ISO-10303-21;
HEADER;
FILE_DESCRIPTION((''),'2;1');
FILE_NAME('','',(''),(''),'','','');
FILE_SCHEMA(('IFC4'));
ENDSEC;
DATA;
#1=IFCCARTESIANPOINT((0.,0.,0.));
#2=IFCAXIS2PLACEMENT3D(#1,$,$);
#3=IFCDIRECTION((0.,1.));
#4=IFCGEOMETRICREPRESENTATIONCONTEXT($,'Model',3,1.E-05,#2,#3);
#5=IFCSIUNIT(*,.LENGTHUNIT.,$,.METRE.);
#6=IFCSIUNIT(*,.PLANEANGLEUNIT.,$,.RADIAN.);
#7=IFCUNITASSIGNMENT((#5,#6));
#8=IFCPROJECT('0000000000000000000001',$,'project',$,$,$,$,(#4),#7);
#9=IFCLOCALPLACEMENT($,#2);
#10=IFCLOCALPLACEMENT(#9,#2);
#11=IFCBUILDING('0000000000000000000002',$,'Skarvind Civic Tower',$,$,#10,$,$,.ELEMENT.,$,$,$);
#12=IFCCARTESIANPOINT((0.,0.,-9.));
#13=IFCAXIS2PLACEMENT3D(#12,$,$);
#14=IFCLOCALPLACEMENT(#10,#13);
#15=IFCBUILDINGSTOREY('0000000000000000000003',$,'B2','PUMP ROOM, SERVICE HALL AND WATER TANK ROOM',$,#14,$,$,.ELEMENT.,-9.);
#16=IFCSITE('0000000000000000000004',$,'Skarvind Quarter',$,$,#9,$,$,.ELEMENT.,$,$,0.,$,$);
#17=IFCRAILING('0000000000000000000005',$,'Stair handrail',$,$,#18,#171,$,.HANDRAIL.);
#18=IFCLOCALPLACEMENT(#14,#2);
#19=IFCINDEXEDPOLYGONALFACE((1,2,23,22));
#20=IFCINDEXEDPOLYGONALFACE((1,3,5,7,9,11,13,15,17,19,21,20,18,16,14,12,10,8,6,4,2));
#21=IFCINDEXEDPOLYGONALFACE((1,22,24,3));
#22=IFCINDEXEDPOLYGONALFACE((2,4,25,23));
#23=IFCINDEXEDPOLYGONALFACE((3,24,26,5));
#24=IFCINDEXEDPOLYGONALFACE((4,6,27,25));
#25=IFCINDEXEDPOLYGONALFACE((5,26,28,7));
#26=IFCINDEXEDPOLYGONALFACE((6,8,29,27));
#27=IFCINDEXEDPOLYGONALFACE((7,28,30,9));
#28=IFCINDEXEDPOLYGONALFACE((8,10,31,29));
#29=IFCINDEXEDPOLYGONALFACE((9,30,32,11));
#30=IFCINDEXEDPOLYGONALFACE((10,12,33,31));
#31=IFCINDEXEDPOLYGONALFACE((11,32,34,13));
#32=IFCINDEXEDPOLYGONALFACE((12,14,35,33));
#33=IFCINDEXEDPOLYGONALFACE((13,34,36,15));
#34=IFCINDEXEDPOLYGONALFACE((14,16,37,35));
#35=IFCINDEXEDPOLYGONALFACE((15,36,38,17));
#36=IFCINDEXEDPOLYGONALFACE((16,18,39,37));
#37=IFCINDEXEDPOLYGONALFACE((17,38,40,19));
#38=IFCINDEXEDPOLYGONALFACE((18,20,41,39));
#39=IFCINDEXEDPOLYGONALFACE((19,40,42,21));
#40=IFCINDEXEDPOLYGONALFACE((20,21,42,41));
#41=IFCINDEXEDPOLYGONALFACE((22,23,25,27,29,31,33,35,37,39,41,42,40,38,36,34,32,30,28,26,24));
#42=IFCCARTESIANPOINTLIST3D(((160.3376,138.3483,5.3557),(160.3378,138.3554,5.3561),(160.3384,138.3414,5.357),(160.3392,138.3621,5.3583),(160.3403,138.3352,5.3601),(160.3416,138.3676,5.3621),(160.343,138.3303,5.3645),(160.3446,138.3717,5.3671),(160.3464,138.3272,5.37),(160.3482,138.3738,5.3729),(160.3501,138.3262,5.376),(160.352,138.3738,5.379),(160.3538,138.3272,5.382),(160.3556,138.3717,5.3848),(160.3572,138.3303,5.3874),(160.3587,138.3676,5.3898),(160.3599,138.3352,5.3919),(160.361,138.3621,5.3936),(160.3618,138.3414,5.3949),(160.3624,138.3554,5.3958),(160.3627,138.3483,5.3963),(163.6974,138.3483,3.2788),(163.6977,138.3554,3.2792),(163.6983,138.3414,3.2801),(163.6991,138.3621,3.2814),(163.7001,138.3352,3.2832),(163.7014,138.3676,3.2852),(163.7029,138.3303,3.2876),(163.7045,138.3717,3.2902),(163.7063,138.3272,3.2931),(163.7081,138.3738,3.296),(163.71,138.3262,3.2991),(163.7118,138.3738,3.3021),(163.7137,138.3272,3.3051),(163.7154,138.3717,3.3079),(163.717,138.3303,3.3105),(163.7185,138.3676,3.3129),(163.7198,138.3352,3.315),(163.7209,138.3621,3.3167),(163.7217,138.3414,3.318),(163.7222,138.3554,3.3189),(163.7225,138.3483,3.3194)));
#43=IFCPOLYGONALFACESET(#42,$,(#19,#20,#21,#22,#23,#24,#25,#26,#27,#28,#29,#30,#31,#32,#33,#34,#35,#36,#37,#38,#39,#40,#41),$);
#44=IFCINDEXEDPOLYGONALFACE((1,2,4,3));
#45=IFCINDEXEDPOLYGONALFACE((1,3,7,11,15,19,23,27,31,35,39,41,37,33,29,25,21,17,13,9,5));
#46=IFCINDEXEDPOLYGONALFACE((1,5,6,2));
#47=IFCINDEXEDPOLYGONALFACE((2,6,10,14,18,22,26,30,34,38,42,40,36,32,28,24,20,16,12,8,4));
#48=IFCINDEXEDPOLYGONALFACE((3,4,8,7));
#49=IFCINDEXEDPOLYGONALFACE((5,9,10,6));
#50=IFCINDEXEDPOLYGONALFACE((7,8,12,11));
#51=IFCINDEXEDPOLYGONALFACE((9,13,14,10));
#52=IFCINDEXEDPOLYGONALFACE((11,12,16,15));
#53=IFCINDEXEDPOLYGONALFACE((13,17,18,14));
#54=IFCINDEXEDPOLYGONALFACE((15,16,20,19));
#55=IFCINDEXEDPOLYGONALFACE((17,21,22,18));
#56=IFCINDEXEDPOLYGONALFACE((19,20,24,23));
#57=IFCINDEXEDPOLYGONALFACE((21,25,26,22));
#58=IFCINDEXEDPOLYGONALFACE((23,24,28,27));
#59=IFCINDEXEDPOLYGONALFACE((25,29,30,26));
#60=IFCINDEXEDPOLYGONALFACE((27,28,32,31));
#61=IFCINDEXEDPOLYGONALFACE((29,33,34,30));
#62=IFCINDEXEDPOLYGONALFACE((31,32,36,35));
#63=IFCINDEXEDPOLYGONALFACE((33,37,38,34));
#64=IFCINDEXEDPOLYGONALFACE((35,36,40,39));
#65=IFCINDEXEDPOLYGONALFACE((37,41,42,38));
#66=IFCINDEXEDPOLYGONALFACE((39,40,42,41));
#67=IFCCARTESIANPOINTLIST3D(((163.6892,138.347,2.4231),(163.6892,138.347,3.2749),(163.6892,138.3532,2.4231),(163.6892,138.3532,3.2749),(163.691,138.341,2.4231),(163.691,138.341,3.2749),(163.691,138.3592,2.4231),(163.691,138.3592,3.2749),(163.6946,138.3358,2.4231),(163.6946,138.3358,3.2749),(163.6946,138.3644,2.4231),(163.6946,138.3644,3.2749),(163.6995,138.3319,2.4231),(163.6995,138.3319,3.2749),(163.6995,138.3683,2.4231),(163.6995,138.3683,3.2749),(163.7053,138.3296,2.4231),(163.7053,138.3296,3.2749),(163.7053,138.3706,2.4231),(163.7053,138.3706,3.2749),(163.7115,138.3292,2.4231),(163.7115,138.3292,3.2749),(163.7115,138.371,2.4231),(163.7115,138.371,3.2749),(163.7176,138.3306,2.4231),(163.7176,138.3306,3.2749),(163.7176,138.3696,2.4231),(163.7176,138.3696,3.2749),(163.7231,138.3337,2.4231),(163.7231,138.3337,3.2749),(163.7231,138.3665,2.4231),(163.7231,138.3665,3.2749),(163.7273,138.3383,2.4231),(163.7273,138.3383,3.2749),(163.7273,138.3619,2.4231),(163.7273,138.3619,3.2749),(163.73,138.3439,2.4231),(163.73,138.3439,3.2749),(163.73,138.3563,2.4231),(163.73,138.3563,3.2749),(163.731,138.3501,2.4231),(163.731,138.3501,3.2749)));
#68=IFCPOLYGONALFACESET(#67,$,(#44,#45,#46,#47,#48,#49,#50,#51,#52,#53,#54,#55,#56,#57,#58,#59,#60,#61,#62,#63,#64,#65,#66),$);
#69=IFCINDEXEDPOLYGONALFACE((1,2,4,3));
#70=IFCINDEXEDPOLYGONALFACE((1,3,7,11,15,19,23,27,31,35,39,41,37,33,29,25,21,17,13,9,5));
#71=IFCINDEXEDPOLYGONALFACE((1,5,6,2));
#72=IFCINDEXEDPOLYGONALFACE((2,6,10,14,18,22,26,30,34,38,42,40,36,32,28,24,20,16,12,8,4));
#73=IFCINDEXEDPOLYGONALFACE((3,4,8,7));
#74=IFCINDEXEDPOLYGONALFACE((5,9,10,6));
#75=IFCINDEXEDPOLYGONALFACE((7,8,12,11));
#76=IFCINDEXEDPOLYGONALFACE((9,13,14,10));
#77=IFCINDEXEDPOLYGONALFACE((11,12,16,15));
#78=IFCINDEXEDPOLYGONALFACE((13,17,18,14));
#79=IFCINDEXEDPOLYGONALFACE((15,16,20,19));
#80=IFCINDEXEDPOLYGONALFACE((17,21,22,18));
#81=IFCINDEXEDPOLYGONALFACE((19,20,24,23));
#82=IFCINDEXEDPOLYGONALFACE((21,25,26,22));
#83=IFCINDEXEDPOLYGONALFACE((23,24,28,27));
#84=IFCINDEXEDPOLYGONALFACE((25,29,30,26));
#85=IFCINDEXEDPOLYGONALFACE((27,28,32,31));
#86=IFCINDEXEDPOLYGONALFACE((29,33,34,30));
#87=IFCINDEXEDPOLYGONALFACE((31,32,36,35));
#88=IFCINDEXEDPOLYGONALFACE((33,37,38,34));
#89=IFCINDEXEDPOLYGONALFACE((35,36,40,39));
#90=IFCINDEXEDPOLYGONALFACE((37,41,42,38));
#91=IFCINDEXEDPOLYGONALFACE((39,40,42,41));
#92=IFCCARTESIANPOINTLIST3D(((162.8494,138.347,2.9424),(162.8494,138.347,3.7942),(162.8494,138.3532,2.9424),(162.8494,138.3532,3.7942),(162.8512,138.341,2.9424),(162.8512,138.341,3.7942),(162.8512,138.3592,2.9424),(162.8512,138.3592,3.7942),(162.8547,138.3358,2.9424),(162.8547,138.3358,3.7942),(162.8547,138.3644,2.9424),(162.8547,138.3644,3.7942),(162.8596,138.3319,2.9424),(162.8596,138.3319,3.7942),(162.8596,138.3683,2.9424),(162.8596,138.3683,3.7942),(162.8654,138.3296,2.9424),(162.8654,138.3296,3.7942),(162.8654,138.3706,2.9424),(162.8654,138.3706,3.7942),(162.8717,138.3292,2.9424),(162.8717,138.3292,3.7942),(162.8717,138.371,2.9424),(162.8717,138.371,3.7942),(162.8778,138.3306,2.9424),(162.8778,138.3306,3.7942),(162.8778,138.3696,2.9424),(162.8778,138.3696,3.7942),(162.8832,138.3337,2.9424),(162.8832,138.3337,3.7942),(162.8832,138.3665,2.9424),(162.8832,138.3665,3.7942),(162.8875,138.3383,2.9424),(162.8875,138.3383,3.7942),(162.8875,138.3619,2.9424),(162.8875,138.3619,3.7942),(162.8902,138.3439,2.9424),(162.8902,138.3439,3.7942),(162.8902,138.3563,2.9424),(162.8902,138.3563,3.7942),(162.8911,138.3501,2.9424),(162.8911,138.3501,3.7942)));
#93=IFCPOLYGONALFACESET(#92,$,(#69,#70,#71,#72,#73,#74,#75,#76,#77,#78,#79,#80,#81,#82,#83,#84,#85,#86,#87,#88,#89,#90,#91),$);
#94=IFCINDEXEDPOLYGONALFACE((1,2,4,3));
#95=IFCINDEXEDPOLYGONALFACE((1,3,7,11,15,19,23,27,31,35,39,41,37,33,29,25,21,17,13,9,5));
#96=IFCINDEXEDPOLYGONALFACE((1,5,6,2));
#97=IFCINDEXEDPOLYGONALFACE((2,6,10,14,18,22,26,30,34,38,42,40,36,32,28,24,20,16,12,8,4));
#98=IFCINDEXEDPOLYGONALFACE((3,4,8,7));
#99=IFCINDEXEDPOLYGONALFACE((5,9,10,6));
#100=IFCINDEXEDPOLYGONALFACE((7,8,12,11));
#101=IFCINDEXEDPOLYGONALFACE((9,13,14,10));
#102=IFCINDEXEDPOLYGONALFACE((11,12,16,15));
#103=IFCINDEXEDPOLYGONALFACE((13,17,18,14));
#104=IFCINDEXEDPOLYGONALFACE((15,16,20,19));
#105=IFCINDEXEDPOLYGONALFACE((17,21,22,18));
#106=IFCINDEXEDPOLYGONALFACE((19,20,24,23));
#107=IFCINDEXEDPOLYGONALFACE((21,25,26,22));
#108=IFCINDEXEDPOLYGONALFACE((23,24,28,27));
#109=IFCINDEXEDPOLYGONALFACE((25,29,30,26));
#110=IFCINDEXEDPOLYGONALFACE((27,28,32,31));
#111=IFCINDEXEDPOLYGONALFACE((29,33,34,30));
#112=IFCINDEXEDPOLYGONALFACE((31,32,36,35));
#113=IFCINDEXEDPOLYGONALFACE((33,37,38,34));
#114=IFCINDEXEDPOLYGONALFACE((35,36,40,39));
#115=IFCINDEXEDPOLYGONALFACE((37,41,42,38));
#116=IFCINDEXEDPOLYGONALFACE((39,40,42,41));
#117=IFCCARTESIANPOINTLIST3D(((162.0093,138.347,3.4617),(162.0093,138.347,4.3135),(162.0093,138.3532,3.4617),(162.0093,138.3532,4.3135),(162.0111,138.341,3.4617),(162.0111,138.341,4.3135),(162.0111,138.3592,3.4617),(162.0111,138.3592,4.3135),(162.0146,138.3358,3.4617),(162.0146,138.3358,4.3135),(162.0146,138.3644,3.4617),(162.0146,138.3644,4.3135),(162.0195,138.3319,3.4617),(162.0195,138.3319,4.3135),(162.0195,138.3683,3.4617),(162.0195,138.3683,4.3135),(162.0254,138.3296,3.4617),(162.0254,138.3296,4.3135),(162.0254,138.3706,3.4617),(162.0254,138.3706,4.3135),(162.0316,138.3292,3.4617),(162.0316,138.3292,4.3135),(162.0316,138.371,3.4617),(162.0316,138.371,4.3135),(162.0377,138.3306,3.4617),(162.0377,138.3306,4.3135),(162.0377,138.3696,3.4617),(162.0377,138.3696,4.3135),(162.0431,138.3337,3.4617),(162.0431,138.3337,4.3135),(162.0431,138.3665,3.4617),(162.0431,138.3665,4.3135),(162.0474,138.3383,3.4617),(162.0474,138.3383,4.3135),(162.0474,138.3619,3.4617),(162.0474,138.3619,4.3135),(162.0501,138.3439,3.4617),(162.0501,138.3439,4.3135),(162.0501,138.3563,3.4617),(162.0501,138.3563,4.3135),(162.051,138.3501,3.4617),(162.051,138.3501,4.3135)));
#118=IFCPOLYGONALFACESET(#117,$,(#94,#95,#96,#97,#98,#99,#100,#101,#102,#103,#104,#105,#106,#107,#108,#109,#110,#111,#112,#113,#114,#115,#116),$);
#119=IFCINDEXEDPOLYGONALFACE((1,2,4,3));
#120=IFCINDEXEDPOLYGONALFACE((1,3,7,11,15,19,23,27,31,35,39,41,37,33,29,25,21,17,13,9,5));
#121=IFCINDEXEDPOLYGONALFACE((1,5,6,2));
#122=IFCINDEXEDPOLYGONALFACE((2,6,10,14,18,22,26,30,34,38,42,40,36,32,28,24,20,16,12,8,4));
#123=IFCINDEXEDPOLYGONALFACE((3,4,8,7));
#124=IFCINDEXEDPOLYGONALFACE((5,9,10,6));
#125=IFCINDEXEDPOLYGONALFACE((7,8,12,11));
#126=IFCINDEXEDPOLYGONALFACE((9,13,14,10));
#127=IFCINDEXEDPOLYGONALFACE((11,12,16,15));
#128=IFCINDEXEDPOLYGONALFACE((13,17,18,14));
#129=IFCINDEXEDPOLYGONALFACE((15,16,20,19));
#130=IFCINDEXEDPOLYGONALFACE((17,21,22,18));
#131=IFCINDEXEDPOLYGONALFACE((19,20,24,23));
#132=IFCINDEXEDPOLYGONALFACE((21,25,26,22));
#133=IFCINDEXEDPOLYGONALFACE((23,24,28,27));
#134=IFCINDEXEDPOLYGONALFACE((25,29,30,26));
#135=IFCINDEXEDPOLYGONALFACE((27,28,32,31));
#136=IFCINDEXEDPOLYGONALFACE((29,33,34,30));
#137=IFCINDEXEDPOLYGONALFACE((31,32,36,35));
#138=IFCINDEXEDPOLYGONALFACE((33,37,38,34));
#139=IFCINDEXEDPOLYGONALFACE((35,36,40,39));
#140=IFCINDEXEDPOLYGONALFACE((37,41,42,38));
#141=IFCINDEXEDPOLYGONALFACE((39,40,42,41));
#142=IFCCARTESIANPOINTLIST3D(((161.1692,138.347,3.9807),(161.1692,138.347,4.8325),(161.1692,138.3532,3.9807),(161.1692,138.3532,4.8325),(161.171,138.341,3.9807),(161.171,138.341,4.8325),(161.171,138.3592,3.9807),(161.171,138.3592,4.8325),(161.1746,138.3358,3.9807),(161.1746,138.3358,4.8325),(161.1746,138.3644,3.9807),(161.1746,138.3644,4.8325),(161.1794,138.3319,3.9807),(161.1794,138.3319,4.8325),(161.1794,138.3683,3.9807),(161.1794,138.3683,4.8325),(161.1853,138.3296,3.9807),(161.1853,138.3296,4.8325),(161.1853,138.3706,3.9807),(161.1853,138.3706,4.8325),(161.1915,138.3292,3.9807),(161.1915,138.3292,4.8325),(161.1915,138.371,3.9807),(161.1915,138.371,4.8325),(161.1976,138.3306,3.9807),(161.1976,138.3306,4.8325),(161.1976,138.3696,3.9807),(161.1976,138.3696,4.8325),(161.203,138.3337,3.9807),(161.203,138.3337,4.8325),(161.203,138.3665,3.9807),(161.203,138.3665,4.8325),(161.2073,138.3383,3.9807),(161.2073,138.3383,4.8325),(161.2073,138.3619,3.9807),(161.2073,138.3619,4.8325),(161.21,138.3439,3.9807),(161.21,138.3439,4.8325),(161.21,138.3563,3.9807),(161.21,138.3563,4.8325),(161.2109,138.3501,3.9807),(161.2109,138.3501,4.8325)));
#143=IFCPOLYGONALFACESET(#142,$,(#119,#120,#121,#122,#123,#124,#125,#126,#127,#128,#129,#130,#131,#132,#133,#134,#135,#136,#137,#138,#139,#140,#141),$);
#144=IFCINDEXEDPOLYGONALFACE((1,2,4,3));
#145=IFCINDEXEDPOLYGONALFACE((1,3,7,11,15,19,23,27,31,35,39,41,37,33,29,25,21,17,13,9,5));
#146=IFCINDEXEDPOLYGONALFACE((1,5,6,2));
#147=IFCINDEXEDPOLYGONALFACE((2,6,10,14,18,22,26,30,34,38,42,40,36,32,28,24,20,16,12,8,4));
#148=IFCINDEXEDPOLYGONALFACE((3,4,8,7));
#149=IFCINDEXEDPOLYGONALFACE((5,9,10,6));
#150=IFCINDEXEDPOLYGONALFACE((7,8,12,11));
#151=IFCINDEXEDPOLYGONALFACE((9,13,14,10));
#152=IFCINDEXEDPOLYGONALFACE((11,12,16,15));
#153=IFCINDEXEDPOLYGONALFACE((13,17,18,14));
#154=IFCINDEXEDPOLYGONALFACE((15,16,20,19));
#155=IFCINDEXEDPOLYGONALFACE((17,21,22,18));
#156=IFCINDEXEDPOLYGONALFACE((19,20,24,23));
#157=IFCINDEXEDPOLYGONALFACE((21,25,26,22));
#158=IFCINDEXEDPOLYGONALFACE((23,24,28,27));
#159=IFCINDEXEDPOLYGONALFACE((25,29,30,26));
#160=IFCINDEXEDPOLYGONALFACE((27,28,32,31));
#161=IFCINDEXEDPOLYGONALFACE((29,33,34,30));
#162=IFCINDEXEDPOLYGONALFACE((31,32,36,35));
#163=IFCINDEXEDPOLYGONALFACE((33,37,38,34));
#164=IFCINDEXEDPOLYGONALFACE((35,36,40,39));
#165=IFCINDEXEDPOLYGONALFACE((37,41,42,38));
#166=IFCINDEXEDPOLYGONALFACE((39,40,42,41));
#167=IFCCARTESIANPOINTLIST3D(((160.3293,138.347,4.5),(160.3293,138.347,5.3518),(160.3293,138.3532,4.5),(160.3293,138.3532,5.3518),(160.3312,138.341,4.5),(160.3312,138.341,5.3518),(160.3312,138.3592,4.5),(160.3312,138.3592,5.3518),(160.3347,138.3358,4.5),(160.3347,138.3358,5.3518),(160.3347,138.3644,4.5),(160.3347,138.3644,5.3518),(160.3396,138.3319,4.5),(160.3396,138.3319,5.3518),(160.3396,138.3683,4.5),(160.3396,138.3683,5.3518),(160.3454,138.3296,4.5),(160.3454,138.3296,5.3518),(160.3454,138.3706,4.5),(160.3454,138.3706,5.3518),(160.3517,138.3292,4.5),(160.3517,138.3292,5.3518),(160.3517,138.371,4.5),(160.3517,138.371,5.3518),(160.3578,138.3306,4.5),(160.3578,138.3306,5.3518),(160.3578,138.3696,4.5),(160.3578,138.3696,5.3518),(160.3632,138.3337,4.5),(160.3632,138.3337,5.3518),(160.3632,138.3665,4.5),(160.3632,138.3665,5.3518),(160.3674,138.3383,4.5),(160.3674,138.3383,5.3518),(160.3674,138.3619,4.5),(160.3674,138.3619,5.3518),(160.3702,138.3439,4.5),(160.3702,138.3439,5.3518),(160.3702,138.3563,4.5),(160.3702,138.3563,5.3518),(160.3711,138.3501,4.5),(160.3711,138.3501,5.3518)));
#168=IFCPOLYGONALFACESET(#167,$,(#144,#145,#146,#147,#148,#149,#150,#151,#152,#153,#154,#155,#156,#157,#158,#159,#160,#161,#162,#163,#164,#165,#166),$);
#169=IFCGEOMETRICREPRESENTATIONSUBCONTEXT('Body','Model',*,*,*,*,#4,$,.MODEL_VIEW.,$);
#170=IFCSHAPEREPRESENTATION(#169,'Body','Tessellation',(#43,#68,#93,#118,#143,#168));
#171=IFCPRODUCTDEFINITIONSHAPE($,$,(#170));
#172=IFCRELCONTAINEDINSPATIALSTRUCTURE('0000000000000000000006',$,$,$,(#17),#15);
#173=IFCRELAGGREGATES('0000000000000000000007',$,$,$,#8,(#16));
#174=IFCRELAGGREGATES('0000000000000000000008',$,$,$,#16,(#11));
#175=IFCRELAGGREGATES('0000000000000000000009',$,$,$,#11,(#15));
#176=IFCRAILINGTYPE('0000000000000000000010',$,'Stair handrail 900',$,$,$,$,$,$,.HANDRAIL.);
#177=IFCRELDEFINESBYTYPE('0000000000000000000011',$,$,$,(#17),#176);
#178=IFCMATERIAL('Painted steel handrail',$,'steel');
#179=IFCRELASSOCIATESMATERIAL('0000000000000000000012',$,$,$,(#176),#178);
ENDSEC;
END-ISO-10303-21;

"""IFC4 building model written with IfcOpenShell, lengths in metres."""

from ifc_helpers import new_model, si_unit, direction, frame, origin, origin_2d, place, context, subcontext, project, spatial, circle, extrude, material, type_object, element, save


model = new_model("IFC4")

# Units and contexts
model_context = context("Model", 3, precision=1e-05, world=origin(), true_north=direction((0.0, 1.0)))
body_context = subcontext(model_context, "Body", "Model", "MODEL_VIEW")
ifc_project = project(units=[si_unit("LENGTHUNIT", "METRE"), si_unit("PLANEANGLEUNIT", "RADIAN")], contexts=[model_context])

# Site, building, storey
site_placement = place(None, origin())
site = spatial("IfcSite", under=ifc_project, at=site_placement, Name="Skarvind Quarter", CompositionType="ELEMENT", RefElevation=0.0)
building_placement = place(site_placement, origin())
building = spatial("IfcBuilding", under=site, at=building_placement, Name="Skarvind Civic Tower", CompositionType="ELEMENT")
storey_placement = place(building_placement, frame((0.0, 0.0, -9.0)))
storey = spatial("IfcBuildingStorey", under=building, at=storey_placement, Name="B2", Description="PUMP ROOM, SERVICE HALL AND WATER TANK ROOM", CompositionType="ELEMENT", Elevation=-9.0)

# Railing
ifc_material_1 = material(Name="Painted steel handrail", Category="steel")
railing_type = type_object("IfcRailingType", Name="Stair handrail 900", PredefinedType="HANDRAIL", material=ifc_material_1)
railing_placement = place(storey_placement, frame((163.71, 138.3501, 2.4231)))
element("IfcRailing", 1, at=railing_placement, inside=storey, type_object=railing_type, Name="Stair handrail", PredefinedType="HANDRAIL", context=body_context, shape_type="SweptSolid", body=[
    extrude(circle(Radius=0.0239, at=origin_2d()), frame((0.0, 0.0, 0.876), z_axis=(-0.850606, 0.0, 0.525803), x_axis=(0.0, -1.0, 0.0)), (0.0, 0.0, 1.0), 3.95),
    extrude(circle(Radius=0.021, at=origin_2d()), origin(), (0.0, 0.0, 1.0), 0.8518),
    extrude(circle(Radius=0.021, at=origin_2d()), frame((-0.8398, 0.0, 0.5193)), (0.0, 0.0, 1.0), 0.8518),
    extrude(circle(Radius=0.021, at=origin_2d()), frame((-1.6799, 0.0, 1.0386)), (0.0, 0.0, 1.0), 0.8518),
    extrude(circle(Radius=0.021, at=origin_2d()), frame((-2.52, 0.0, 1.5576)), (0.0, 0.0, 1.0), 0.8518),
    extrude(circle(Radius=0.021, at=origin_2d()), frame((-3.3599, 0.0, 2.0769)), (0.0, 0.0, 1.0), 0.8518),
])

save(model, "model.ifc")
